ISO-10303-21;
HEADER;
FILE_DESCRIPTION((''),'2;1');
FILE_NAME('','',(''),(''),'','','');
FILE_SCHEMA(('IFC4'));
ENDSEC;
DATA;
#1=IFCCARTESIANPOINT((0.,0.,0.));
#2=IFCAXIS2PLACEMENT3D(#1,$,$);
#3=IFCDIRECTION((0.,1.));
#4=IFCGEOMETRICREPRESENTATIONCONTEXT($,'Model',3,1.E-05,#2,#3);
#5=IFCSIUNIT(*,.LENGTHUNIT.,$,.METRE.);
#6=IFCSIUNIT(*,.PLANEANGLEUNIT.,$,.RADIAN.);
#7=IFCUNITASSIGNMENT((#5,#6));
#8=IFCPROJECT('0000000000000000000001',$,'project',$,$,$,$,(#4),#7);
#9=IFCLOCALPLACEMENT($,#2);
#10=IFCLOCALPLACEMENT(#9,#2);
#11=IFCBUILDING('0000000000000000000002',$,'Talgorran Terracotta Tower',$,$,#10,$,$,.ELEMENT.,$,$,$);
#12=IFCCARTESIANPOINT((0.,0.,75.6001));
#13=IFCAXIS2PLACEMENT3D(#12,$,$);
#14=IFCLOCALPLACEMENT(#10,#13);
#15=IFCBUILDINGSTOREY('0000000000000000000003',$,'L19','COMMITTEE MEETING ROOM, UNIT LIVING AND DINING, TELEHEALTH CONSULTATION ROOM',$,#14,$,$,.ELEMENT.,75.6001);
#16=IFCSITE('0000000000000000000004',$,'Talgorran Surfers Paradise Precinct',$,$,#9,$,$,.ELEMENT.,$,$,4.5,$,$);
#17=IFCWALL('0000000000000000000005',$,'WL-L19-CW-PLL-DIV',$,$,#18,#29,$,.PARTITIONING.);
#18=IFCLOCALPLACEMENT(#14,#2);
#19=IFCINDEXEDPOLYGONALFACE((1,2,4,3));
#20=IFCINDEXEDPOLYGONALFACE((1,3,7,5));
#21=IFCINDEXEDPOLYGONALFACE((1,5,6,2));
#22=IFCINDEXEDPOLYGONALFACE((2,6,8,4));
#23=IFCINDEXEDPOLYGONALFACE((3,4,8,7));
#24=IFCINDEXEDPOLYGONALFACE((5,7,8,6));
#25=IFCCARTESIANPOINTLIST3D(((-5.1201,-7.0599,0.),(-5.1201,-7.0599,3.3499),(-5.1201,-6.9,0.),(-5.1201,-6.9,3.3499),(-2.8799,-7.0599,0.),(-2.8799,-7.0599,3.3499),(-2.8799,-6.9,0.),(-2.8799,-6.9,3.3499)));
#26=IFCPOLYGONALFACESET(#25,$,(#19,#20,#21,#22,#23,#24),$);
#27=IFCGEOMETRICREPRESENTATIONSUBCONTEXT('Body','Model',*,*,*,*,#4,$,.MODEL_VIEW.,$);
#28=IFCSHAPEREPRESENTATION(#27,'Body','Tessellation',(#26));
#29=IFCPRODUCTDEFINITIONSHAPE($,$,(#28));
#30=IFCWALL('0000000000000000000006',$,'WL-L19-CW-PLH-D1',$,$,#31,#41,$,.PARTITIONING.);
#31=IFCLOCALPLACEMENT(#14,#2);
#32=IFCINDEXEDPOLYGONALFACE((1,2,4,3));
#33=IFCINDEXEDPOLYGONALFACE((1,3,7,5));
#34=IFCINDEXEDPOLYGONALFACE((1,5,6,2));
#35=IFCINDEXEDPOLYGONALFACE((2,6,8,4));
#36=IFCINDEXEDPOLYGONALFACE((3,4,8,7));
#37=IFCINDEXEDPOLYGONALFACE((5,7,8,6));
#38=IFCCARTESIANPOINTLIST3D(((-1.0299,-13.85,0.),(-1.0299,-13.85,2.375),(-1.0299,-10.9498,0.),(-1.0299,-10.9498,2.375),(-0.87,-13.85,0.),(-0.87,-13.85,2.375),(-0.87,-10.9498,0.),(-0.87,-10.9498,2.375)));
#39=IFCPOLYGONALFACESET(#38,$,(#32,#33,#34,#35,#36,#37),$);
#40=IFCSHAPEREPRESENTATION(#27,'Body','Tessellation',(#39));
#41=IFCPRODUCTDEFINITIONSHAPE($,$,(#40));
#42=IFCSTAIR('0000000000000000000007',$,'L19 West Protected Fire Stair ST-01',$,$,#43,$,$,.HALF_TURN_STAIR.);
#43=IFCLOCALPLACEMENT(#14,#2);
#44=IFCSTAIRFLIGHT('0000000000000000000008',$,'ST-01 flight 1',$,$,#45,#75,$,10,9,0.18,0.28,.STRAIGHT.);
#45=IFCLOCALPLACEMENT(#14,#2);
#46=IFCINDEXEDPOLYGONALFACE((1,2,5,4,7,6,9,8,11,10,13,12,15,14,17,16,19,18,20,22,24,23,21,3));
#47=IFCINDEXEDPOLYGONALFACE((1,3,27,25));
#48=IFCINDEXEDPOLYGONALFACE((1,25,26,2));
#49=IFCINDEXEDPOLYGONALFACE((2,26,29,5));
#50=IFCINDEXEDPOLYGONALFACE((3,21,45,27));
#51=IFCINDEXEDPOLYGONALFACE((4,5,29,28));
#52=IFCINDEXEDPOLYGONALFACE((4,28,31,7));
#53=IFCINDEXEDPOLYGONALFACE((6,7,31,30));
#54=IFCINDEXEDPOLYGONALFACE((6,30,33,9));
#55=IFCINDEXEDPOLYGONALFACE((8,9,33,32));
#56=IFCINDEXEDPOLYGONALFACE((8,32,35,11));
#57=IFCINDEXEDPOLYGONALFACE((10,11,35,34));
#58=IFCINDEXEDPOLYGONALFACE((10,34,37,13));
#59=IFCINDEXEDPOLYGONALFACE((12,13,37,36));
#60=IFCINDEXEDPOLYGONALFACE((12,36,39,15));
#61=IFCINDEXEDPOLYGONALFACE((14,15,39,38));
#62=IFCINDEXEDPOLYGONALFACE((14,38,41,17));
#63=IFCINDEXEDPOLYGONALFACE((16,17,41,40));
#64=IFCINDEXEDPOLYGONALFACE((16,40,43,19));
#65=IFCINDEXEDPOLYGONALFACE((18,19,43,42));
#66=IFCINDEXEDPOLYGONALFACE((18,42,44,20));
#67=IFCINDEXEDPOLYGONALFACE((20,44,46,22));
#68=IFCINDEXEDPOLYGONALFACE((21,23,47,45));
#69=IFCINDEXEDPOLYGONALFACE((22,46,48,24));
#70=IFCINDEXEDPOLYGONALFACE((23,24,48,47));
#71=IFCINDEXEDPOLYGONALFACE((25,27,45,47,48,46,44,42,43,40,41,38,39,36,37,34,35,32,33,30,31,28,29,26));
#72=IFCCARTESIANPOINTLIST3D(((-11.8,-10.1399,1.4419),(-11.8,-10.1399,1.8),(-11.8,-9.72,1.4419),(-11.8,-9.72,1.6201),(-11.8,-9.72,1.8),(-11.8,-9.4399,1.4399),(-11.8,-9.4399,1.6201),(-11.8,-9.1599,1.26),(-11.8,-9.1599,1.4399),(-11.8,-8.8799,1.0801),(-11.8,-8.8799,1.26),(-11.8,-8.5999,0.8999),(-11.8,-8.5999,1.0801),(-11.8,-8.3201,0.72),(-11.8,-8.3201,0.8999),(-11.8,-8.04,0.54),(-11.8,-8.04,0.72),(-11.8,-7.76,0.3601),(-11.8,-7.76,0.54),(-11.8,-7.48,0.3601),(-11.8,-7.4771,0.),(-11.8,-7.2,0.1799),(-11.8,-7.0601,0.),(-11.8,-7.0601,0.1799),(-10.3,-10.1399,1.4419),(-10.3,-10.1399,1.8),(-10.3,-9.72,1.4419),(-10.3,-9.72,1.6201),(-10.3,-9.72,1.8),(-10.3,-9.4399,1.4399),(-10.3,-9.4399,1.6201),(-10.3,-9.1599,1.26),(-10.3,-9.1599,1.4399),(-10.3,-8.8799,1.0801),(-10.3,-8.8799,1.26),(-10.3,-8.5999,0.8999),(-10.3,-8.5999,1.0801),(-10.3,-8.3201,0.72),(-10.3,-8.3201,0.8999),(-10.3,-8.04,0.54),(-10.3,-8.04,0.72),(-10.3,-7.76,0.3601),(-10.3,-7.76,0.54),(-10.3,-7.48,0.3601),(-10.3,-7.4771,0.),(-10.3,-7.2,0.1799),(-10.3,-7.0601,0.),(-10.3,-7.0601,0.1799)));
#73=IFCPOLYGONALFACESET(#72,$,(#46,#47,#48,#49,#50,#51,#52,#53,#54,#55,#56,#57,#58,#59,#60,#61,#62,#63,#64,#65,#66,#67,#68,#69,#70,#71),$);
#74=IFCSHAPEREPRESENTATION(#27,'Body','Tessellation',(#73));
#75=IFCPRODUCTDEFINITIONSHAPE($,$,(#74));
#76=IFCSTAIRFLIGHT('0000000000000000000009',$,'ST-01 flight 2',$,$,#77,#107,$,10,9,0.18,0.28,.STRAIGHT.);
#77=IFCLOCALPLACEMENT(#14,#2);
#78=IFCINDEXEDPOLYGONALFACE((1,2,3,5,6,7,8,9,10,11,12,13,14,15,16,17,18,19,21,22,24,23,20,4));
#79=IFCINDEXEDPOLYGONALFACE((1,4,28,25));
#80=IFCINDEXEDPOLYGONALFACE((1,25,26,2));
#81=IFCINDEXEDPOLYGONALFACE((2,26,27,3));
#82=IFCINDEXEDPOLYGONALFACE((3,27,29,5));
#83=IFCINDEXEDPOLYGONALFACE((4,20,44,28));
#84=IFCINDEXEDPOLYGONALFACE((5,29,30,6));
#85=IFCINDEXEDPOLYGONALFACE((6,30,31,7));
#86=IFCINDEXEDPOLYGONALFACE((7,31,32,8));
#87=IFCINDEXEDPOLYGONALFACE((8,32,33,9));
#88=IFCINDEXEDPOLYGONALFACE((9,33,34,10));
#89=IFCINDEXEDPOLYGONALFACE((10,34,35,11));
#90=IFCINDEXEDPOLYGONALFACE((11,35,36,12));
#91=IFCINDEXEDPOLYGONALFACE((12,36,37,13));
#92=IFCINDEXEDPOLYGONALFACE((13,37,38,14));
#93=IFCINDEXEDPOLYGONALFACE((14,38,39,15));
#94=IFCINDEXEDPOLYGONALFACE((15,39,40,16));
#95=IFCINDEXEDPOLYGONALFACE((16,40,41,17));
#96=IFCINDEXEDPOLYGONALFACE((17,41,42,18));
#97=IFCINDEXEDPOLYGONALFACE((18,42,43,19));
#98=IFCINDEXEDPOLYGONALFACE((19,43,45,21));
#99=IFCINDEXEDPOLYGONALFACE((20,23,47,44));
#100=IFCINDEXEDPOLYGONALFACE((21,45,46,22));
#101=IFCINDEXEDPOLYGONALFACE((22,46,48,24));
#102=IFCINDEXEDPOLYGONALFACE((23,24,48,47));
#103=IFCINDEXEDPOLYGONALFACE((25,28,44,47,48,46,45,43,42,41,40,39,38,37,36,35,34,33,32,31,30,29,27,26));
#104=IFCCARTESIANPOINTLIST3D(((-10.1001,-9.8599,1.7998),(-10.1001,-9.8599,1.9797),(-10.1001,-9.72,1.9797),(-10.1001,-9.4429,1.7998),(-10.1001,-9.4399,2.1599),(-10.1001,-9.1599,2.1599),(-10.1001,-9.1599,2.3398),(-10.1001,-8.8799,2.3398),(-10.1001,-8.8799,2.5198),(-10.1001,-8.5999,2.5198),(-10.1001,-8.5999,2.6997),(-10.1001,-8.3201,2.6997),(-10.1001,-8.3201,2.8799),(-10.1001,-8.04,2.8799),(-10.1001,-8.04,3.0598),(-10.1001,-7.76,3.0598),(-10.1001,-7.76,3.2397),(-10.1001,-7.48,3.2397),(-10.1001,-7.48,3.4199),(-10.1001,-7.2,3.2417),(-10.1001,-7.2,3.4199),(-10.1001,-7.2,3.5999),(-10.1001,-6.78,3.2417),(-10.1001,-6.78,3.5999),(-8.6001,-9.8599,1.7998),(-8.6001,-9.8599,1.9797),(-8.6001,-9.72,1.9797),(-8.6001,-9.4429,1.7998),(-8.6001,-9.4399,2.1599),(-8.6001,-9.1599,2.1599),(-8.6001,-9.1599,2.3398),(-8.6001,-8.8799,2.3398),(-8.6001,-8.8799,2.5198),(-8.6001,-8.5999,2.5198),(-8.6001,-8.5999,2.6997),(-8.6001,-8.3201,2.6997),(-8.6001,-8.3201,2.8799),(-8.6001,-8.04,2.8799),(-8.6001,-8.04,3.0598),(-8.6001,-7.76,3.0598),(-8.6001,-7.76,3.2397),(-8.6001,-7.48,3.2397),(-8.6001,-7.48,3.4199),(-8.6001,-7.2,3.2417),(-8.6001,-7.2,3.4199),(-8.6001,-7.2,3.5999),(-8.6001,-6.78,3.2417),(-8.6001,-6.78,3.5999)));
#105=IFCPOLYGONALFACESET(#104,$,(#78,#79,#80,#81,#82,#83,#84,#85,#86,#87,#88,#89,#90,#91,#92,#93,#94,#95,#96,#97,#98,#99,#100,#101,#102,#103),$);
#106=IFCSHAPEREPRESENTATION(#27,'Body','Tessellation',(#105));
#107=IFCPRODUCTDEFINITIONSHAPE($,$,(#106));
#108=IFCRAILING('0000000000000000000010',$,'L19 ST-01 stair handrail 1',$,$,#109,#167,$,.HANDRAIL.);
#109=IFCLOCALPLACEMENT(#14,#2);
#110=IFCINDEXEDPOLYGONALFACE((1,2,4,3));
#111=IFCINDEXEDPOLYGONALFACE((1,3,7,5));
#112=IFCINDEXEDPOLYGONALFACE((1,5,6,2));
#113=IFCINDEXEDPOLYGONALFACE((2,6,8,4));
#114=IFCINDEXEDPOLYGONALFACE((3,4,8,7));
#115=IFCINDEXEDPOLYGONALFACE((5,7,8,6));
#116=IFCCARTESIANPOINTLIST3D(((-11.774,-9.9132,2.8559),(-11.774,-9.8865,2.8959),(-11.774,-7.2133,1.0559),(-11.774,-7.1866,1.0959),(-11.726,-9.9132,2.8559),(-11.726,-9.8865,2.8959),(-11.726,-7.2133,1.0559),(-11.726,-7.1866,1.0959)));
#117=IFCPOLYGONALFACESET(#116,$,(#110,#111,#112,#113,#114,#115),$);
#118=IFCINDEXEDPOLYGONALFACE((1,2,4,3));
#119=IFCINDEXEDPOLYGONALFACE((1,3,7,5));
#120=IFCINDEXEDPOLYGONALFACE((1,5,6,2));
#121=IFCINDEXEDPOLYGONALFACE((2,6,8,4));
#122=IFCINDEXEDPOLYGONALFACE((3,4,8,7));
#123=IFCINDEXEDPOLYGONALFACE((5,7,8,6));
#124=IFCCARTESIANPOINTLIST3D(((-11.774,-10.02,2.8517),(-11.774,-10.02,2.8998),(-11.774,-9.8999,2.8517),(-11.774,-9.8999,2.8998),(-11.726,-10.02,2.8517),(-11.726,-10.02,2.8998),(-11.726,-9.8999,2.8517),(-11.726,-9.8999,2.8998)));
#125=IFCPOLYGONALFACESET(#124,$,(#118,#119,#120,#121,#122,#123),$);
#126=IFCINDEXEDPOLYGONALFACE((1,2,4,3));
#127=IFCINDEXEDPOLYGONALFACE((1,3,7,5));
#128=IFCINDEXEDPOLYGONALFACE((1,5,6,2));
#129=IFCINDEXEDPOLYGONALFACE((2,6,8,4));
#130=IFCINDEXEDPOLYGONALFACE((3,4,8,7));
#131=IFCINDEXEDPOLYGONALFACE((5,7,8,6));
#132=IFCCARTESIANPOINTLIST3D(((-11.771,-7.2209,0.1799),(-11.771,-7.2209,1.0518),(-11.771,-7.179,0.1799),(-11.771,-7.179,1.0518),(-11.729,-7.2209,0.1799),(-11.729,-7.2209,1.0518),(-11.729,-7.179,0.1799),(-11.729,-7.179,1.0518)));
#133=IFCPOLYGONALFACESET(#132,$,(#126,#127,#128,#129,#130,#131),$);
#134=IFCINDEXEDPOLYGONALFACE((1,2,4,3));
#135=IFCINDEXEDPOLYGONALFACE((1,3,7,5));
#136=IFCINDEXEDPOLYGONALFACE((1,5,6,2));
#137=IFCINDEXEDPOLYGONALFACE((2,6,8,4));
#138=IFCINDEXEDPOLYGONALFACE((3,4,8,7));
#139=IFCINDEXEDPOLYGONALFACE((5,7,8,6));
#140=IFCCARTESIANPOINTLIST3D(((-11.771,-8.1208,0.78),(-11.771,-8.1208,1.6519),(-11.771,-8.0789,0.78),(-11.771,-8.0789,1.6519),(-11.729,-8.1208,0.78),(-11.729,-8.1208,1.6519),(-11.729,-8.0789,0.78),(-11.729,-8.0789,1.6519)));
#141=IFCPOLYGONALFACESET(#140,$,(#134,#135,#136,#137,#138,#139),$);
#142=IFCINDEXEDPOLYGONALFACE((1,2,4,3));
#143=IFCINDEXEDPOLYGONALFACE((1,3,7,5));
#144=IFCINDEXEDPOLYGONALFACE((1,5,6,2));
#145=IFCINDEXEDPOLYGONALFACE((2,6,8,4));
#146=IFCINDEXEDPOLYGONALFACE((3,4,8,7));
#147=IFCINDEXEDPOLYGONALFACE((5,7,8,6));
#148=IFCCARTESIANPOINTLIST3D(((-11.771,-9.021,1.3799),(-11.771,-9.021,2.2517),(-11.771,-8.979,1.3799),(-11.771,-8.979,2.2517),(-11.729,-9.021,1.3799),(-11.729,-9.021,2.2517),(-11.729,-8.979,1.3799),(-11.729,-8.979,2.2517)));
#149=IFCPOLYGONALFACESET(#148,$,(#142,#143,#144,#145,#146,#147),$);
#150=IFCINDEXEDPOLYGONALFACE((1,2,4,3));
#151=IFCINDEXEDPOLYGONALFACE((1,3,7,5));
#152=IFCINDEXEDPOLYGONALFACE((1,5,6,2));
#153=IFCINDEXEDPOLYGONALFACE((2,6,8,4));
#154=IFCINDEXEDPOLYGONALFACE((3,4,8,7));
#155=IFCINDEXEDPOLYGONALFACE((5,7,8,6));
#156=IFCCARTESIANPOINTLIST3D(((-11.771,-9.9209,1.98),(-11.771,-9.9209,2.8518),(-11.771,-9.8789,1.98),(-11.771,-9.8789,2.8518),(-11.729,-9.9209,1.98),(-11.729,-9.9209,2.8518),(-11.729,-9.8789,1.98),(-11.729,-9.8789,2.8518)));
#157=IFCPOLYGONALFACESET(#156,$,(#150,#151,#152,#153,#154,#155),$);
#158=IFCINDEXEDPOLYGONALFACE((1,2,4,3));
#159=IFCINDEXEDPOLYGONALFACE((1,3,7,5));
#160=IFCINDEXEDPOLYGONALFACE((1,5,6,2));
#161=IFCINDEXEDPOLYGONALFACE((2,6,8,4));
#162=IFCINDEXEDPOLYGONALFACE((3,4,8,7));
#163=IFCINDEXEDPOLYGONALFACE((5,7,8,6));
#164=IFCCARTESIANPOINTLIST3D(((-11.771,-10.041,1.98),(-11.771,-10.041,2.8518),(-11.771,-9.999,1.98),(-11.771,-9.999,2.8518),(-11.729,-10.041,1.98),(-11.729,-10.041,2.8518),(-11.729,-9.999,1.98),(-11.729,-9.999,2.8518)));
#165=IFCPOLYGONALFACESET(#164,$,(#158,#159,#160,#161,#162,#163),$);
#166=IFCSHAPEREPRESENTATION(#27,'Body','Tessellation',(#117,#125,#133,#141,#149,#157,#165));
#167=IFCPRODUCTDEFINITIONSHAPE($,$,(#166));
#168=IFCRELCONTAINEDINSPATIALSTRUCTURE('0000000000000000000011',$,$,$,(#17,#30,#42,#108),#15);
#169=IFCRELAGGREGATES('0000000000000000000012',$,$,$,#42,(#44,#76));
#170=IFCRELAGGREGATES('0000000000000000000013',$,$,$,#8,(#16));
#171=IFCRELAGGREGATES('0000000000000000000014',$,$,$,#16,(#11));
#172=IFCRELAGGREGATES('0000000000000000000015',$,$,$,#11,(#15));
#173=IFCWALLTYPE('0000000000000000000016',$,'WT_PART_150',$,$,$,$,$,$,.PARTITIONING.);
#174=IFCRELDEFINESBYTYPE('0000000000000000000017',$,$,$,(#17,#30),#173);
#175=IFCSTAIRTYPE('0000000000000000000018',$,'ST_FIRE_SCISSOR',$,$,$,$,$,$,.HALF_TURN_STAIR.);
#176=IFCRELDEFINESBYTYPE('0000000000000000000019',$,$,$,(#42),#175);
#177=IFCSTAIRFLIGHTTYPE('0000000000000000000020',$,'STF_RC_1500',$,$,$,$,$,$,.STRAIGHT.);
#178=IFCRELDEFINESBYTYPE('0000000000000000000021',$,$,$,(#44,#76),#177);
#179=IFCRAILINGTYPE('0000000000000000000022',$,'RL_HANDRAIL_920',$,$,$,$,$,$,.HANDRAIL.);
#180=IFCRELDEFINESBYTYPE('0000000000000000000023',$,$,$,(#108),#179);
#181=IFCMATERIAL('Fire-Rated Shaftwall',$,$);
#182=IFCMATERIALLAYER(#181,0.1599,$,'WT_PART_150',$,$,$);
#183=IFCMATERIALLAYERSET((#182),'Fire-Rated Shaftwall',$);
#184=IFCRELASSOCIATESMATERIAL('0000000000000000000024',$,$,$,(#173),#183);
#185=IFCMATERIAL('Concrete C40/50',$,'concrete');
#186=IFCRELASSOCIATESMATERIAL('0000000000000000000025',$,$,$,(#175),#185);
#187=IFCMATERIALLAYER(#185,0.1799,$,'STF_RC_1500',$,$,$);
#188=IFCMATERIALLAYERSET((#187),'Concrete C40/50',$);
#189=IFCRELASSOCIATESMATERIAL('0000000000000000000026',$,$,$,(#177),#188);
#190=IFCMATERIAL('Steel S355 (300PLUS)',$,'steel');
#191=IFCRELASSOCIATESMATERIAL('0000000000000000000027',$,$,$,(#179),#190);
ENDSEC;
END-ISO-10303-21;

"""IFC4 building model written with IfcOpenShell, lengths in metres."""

from ifc_helpers import new_model, si_unit, direction, frame, frame_2d, origin, origin_2d, place, context, subcontext, project, spatial, polyline, rectangle, outline, extrude, material, layer, layer_set, type_object, element, aggregate, save


model = new_model("IFC4")

# Units and contexts
model_context = context("Model", 3, precision=1e-05, world=origin(), true_north=direction((0.0, 1.0)))
body_context = subcontext(model_context, "Body", "Model", "MODEL_VIEW")
ifc_project = project(units=[si_unit("LENGTHUNIT", "METRE"), si_unit("PLANEANGLEUNIT", "RADIAN")], contexts=[model_context])

# Site, building, storey
site_placement = place(None, origin())
site = spatial("IfcSite", under=ifc_project, at=site_placement, Name="Talgorran Surfers Paradise Precinct", CompositionType="ELEMENT", RefElevation=4.5)
building_placement = place(site_placement, origin())
building = spatial("IfcBuilding", under=site, at=building_placement, Name="Talgorran Terracotta Tower", CompositionType="ELEMENT")
storey_placement = place(building_placement, frame((0.0, 0.0, 75.6001)))
storey = spatial("IfcBuildingStorey", under=building, at=storey_placement, Name="L19", Description="COMMITTEE MEETING ROOM, UNIT LIVING AND DINING, TELEHEALTH CONSULTATION ROOM", CompositionType="ELEMENT", Elevation=75.6001)

# Shared definitions
ifc_material_1 = material(Name="Steel S355 (300PLUS)", Category="steel")

# Walls
ifc_material_2 = material(Name="Fire-Rated Shaftwall")
ifc_layer_1 = layer(ifc_material_2, 0.1599, Name="WT_PART_150")
ifc_layer_set_1 = layer_set([ifc_layer_1], Name="Fire-Rated Shaftwall")
wall_type_1 = type_object("IfcWallType", Name="WT_PART_150", PredefinedType="PARTITIONING", material=ifc_layer_set_1)
wall_1_placement = place(storey_placement, frame((-5.1201, -6.98, 0.0), z_axis=(0.0, 0.0, 1.0), x_axis=(1.0, 0.0, 0.0)))
element("IfcWall", 1, at=wall_1_placement, inside=storey, type_object=wall_type_1, Name="WL-L19-CW-PLL-DIV", PredefinedType="PARTITIONING", context=body_context, shape_type="SweptSolid", body=[
    extrude(rectangle(XDim=2.2402, YDim=0.1599, at=frame_2d((1.1201, 0.0))), origin(), (0.0, 0.0, 1.0), 3.3499),
])
wall_2_placement = place(storey_placement, frame((-0.95, -13.8501, 0.0), z_axis=(0.0, 0.0, 1.0), x_axis=(0.0, 1.0, 0.0)))
element("IfcWall", 2, at=wall_2_placement, inside=storey, type_object=wall_type_1, Name="WL-L19-CW-PLH-D1", PredefinedType="PARTITIONING", context=body_context, shape_type="SweptSolid", body=[
    extrude(rectangle(XDim=2.9001, YDim=0.1599, at=frame_2d((1.4502, 0.0))), origin(), (0.0, 0.0, 1.0), 2.375),
])

# Stair, stair flights
ifc_material_3 = material(Name="Concrete C40/50", Category="concrete")
stair_type = type_object("IfcStairType", Name="ST_FIRE_SCISSOR", PredefinedType="HALF_TURN_STAIR", material=ifc_material_3)
stair_placement = place(storey_placement, origin())
stair = element("IfcStair", 3, at=stair_placement, inside=storey, type_object=stair_type, Name="L19 West Protected Fire Stair ST-01", PredefinedType="HALF_TURN_STAIR")
ifc_layer_2 = layer(ifc_material_3, 0.1799, Name="STF_RC_1500")
ifc_layer_set_2 = layer_set([ifc_layer_2], Name="Concrete C40/50")
stair_flight_type = type_object("IfcStairFlightType", Name="STF_RC_1500", PredefinedType="STRAIGHT", material=ifc_layer_set_2)
stair_flight_1_placement = place(storey_placement, frame((-11.05, -7.2, 0.0), z_axis=(0.0, 0.0, 1.0), x_axis=(0.0, -1.0, 0.0)))
stair_flight_1 = element("IfcStairFlight", 4, at=stair_flight_1_placement, type_object=stair_flight_type, Name="ST-01 flight 1", NumberOfRisers=10, NumberOfTreads=9, PredefinedType="STRAIGHT", RiserHeight=0.18, TreadLength=0.28, context=body_context, shape_type="SweptSolid", body=[
    extrude(outline(polyline([(-0.1399, 0.0), (-0.1399, 0.1799), (0.0, 0.1799), (0.28, 0.3601), (0.5601, 0.3601), (0.5601, 0.54), (0.8401, 0.54), (0.8401, 0.72), (1.1201, 0.72), (1.1201, 0.8999), (1.3999, 0.8999), (1.3999, 1.0801), (1.6799, 1.0801), (1.6799, 1.26), (1.96, 1.26), (1.96, 1.4399), (2.24, 1.4399), (2.24, 1.6201), (2.52, 1.6201), (2.52, 1.8), (2.9399, 1.8), (2.9399, 1.4419), (2.52, 1.4419), (0.2771, 0.0), (-0.1399, 0.0)])), frame((0.0, 0.75, 0.0), z_axis=(0.0, -1.0, 0.0), x_axis=(1.0, 0.0, 0.0)), (0.0, 0.0, 1.0), 1.5),
])
stair_flight_2_placement = place(storey_placement, frame((-9.3501, -9.72, 1.7998), z_axis=(0.0, 0.0, 1.0), x_axis=(0.0, 1.0, 0.0)))
stair_flight_2 = element("IfcStairFlight", 5, at=stair_flight_2_placement, type_object=stair_flight_type, Name="ST-01 flight 2", NumberOfRisers=10, NumberOfTreads=9, PredefinedType="STRAIGHT", RiserHeight=0.18, TreadLength=0.28, context=body_context, shape_type="SweptSolid", body=[
    extrude(outline(polyline([(-0.1399, 0.0), (-0.1399, 0.1799), (0.0, 0.1799), (0.28, 0.3601), (0.5601, 0.3601), (0.5601, 0.54), (0.8401, 0.54), (0.8401, 0.72), (1.1201, 0.72), (1.1201, 0.8999), (1.3999, 0.8999), (1.3999, 1.0801), (1.6799, 1.0801), (1.6799, 1.26), (1.96, 1.26), (1.96, 1.4399), (2.24, 1.4399), (2.24, 1.6201), (2.52, 1.6201), (2.52, 1.8), (2.9399, 1.8), (2.9399, 1.4419), (2.52, 1.4419), (0.2771, 0.0), (-0.1399, 0.0)])), frame((0.0, 0.75, 0.0), z_axis=(0.0, -1.0, 0.0), x_axis=(1.0, 0.0, 0.0)), (0.0, 0.0, 1.0), 1.5),
])
aggregate(stair, [stair_flight_1, stair_flight_2])

# Railing
railing_type_1 = type_object("IfcRailingType", Name="RL_HANDRAIL_920", PredefinedType="HANDRAIL", material=ifc_material_1)
railing_1_placement = place(storey_placement, frame((-11.75, -7.2, 0.1799)))
element("IfcRailing", 6, at=railing_1_placement, inside=storey, type_object=railing_type_1, Name="L19 ST-01 stair handrail 1", PredefinedType="HANDRAIL", context=body_context, shape_type="SweptSolid", body=[
    extrude(rectangle(XDim=0.0481, YDim=0.0481, at=origin_2d()), frame((0.0, 0.0, 0.896), z_axis=(0.0, -0.832039, 0.554718), x_axis=(1.0, 0.0, 0.0)), (0.0, 0.0, 1.0), 3.2449),
    extrude(rectangle(XDim=0.0481, YDim=0.0481, at=origin_2d()), frame((0.0, -2.7, 2.6958), z_axis=(0.0, -1.0, 0.0), x_axis=(1.0, 0.0, 0.0)), (0.0, 0.0, 1.0), 0.1201),
    extrude(rectangle(XDim=0.042, YDim=0.042, at=origin_2d()), origin(), (0.0, 0.0, 1.0), 0.8718),
    extrude(rectangle(XDim=0.042, YDim=0.042, at=origin_2d()), frame((0.0, -0.8999, 0.6001)), (0.0, 0.0, 1.0), 0.8718),
    extrude(rectangle(XDim=0.042, YDim=0.042, at=origin_2d()), frame((0.0, -1.8, 1.2)), (0.0, 0.0, 1.0), 0.8718),
    extrude(rectangle(XDim=0.042, YDim=0.042, at=origin_2d()), frame((0.0, -2.7, 1.8)), (0.0, 0.0, 1.0), 0.8718),
    extrude(rectangle(XDim=0.042, YDim=0.042, at=origin_2d()), frame((0.0, -2.8201, 1.8)), (0.0, 0.0, 1.0), 0.8718),
])

save(model, "model.ifc")
